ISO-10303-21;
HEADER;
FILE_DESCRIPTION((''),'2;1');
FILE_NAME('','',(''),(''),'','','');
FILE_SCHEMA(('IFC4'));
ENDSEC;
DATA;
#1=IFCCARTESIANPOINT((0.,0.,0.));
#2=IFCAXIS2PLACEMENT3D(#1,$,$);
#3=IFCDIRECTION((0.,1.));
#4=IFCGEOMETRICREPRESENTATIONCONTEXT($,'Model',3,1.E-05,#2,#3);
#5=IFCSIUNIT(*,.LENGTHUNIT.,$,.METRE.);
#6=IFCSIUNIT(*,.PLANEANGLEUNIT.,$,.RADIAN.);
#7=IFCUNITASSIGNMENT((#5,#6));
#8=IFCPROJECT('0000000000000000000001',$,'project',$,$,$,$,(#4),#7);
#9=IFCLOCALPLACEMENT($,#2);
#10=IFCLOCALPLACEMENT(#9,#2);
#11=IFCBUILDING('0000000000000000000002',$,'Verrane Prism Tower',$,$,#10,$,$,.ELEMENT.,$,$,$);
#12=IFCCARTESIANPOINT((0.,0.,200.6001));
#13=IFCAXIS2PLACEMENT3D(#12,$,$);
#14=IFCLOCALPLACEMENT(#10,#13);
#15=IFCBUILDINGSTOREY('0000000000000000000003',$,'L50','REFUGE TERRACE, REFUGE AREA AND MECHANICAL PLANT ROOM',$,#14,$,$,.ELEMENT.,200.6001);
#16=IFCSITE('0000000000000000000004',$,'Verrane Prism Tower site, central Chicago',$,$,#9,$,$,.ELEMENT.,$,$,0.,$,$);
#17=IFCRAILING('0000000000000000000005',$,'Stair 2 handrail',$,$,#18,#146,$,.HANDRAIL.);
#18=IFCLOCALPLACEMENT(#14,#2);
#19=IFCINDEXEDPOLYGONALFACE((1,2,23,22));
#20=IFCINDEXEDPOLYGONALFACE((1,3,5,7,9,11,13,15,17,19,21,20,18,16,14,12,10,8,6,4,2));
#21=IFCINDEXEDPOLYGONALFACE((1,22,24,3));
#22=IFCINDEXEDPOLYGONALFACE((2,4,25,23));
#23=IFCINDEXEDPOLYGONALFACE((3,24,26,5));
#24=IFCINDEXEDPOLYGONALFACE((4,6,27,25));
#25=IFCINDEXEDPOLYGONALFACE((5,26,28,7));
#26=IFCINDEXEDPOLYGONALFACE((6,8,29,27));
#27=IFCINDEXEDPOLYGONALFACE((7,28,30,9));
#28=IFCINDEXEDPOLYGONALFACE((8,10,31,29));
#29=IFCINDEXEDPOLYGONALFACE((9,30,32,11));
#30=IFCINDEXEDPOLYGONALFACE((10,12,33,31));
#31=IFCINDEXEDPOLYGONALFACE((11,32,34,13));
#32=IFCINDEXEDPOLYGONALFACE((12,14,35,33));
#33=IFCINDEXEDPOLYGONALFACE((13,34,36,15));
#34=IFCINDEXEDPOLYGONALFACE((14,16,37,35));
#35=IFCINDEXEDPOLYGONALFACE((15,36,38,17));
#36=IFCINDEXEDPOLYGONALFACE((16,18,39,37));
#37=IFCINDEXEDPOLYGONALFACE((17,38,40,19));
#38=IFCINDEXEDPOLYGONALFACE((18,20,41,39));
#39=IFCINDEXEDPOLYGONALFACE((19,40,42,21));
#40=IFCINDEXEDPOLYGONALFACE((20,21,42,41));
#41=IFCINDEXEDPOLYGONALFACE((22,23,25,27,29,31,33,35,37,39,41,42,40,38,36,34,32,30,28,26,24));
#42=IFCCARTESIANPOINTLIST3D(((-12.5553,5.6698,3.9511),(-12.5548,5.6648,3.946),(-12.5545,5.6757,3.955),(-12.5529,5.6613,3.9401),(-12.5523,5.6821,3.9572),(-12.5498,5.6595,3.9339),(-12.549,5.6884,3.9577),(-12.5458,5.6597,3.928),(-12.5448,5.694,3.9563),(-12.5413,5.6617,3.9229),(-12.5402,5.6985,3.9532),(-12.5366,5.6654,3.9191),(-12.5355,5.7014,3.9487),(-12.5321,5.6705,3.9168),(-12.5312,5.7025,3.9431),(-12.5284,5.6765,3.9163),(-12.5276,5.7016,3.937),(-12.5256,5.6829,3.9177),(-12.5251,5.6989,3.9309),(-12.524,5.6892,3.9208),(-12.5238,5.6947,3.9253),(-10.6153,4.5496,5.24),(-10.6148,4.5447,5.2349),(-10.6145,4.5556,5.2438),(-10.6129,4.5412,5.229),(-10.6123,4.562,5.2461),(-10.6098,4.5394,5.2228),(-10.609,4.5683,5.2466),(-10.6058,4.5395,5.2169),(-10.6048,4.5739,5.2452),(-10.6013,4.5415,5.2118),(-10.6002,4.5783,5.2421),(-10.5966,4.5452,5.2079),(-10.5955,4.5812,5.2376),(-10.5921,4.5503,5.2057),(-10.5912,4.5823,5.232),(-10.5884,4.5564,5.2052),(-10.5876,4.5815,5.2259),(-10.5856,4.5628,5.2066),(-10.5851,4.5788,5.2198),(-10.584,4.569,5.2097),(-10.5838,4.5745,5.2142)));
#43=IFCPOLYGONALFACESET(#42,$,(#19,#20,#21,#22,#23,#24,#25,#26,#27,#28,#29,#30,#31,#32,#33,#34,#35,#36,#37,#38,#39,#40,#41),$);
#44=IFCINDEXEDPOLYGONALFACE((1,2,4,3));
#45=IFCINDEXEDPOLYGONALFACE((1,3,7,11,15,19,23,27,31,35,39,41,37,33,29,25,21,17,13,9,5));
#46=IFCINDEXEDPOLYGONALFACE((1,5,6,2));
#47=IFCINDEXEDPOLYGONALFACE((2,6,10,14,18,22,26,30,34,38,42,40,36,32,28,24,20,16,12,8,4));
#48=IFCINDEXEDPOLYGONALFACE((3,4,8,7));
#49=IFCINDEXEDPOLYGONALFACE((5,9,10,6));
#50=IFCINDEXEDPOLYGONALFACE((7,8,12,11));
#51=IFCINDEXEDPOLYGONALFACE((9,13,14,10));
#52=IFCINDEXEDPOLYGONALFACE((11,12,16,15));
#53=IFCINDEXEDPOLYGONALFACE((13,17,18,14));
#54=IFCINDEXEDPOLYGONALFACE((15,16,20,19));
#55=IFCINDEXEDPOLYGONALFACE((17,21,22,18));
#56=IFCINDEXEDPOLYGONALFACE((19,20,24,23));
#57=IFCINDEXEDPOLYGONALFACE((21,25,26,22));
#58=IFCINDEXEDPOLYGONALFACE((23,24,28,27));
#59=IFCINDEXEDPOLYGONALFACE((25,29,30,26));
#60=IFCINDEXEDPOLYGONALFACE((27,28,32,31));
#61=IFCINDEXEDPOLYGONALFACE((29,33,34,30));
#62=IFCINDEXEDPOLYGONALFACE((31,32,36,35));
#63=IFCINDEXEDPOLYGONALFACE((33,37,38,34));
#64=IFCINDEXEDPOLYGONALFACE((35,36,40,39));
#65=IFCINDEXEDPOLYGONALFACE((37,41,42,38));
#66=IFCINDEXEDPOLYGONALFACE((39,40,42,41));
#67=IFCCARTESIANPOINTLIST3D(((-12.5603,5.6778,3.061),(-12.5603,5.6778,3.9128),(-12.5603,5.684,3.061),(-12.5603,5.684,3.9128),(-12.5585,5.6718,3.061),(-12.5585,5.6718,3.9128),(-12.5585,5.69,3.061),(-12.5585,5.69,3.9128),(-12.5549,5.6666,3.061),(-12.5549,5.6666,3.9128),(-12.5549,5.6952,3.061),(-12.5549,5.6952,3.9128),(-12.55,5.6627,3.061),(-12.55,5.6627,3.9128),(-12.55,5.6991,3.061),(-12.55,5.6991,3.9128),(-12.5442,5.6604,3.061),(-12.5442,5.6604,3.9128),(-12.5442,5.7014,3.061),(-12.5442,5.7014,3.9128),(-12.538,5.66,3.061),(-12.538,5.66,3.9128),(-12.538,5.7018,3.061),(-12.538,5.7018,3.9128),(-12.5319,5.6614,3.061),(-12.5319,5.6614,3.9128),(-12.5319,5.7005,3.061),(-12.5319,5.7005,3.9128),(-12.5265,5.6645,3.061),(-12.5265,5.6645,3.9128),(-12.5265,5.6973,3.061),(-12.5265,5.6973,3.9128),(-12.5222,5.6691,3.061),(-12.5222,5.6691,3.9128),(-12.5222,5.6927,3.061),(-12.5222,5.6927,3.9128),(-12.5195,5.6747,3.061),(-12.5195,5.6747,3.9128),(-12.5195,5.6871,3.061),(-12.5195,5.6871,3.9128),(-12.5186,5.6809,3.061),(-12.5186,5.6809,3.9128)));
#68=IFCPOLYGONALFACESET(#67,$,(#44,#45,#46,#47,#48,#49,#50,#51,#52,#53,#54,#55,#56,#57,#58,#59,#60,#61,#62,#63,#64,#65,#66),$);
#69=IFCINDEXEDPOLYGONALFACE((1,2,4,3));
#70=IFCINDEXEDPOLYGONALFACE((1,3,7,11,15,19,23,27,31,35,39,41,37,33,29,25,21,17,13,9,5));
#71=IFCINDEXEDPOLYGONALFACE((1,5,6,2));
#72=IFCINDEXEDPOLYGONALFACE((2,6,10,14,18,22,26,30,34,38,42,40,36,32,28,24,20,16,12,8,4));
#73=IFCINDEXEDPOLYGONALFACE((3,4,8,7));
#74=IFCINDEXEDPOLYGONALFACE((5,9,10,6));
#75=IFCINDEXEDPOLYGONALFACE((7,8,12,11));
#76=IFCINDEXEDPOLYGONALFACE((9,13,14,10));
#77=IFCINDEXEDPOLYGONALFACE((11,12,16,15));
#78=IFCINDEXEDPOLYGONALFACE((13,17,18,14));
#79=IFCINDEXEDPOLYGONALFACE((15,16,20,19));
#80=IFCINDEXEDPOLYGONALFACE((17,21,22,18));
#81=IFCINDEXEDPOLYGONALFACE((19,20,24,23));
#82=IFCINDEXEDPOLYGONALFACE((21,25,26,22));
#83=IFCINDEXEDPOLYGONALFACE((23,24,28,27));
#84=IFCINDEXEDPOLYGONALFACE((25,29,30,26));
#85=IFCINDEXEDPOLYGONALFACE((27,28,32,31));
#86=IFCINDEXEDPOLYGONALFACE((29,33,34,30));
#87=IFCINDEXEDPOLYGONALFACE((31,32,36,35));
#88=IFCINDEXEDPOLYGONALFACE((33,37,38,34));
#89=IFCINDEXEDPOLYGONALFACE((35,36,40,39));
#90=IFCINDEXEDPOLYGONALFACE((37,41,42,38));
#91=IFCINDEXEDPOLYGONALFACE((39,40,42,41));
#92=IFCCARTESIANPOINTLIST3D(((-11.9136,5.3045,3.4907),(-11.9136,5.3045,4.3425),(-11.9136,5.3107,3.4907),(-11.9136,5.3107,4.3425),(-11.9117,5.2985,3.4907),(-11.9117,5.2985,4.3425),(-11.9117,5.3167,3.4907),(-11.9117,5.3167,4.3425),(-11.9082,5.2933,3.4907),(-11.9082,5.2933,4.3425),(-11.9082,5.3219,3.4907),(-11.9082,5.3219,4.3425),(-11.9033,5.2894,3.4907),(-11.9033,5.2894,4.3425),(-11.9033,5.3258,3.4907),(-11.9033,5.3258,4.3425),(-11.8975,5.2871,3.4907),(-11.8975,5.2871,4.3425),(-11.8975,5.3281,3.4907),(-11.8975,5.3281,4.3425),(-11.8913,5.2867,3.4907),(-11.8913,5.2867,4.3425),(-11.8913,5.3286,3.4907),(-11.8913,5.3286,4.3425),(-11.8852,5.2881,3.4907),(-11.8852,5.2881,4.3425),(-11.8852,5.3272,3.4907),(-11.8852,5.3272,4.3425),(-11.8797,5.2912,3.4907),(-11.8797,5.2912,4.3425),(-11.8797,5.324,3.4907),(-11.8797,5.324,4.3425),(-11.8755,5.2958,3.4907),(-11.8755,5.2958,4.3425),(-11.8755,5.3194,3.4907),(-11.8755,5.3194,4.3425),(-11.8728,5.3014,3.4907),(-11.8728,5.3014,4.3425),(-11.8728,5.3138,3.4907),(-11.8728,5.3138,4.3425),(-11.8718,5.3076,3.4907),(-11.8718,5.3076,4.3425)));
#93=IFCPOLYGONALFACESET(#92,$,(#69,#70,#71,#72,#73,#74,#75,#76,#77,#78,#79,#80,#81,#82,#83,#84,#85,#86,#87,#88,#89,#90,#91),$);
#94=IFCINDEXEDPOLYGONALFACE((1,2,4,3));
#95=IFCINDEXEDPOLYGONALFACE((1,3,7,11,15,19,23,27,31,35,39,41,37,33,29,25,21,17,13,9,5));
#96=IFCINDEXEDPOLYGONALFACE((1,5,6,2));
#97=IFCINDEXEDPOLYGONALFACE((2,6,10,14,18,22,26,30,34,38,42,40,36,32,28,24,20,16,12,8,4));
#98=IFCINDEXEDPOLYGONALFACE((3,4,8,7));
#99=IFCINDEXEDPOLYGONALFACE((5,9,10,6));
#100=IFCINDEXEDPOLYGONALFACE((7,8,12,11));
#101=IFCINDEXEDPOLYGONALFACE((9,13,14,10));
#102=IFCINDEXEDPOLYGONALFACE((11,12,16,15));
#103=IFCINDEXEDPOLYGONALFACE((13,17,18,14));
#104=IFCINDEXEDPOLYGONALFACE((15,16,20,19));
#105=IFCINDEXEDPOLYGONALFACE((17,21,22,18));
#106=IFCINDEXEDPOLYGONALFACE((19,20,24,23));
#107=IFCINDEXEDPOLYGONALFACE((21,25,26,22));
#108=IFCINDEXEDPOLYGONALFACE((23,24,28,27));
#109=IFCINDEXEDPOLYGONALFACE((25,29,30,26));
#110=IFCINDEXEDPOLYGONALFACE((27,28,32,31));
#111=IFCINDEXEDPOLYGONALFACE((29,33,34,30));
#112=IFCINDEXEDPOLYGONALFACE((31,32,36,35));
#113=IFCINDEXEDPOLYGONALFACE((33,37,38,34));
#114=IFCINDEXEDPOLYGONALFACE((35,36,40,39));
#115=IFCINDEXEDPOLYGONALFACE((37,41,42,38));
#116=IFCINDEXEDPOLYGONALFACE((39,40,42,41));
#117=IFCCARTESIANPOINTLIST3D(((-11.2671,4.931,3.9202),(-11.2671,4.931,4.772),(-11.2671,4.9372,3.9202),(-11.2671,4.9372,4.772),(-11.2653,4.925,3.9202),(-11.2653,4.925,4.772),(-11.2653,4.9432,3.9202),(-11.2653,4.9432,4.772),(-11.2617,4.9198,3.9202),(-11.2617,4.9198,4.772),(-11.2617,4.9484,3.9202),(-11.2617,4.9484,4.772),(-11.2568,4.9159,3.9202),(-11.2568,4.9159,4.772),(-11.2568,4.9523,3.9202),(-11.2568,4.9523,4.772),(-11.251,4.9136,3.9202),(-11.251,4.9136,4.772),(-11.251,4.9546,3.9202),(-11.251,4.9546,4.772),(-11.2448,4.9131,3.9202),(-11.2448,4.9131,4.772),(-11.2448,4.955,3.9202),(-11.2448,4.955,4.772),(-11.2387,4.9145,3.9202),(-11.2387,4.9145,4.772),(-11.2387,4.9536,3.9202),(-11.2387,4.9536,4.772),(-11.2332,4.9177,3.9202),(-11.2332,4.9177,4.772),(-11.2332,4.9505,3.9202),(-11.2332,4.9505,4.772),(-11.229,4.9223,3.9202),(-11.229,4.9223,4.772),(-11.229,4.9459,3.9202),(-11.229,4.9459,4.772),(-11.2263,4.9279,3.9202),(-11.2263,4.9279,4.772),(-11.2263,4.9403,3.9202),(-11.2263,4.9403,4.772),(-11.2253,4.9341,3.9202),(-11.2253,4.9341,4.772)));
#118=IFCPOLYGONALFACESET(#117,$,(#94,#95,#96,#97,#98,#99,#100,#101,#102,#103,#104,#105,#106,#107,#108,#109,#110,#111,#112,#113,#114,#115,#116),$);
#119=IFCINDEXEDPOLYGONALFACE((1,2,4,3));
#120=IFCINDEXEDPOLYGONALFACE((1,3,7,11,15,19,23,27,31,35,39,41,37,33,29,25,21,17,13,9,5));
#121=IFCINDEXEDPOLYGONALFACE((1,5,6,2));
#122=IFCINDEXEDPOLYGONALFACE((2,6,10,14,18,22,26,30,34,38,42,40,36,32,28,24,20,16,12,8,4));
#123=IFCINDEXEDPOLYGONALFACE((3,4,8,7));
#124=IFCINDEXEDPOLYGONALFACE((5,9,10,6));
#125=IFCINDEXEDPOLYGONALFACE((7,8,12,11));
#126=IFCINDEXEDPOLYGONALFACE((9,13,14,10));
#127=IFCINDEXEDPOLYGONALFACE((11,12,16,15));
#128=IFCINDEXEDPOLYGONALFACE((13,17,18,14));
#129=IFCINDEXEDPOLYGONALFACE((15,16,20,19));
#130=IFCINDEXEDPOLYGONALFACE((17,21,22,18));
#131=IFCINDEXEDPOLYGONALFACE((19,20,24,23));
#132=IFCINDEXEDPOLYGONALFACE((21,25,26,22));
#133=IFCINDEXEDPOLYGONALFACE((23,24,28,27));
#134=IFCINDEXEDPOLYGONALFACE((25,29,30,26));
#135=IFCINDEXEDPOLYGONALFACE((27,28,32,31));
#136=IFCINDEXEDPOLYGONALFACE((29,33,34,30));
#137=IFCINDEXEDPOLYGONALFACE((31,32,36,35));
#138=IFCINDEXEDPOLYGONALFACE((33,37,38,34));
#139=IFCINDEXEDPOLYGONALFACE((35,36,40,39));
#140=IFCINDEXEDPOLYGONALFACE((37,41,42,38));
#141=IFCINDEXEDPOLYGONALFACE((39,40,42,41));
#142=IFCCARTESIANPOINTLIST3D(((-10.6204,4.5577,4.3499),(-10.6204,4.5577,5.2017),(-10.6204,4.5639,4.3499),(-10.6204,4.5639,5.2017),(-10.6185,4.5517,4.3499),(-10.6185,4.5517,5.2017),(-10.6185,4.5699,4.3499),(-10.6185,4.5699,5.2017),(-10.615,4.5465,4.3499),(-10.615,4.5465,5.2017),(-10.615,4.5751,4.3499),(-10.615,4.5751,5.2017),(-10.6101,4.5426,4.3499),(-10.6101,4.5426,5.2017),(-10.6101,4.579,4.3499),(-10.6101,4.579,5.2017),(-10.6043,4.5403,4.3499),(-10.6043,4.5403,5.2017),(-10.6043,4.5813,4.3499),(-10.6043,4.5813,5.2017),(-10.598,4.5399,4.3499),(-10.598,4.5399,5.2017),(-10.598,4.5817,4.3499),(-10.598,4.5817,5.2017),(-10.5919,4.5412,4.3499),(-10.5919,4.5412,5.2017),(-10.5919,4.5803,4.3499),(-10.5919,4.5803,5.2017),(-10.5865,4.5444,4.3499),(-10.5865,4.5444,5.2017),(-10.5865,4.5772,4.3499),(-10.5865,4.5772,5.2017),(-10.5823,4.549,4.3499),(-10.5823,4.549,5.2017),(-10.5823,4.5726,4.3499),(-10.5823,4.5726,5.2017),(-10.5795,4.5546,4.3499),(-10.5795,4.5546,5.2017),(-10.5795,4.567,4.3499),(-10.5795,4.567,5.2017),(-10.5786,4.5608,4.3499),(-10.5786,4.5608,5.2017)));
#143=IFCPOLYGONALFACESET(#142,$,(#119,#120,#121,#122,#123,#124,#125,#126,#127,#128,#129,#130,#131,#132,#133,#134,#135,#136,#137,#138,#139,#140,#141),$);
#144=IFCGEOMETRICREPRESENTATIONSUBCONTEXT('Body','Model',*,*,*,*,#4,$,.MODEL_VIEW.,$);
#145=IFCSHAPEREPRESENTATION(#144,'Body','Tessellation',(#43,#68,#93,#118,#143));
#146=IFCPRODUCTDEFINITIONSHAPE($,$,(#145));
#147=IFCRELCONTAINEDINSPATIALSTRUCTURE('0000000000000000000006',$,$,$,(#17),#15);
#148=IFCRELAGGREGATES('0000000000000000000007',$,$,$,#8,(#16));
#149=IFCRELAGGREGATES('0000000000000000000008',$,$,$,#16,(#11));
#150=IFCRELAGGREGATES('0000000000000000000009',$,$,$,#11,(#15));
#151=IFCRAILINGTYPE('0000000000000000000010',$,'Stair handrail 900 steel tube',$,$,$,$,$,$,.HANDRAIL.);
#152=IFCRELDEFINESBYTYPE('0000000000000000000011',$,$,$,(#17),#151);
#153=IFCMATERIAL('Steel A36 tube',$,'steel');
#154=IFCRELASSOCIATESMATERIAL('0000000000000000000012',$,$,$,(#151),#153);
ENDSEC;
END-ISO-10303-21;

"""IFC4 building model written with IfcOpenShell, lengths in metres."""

from ifc_helpers import new_model, si_unit, direction, frame, origin, origin_2d, place, context, subcontext, project, spatial, circle, extrude, material, type_object, element, save


model = new_model("IFC4")

# Units and contexts
model_context = context("Model", 3, precision=1e-05, world=origin(), true_north=direction((0.0, 1.0)))
body_context = subcontext(model_context, "Body", "Model", "MODEL_VIEW")
ifc_project = project(units=[si_unit("LENGTHUNIT", "METRE"), si_unit("PLANEANGLEUNIT", "RADIAN")], contexts=[model_context])

# Site, building, storey
site_placement = place(None, origin())
site = spatial("IfcSite", under=ifc_project, at=site_placement, Name="Verrane Prism Tower site, central Chicago", CompositionType="ELEMENT", RefElevation=0.0)
building_placement = place(site_placement, origin())
building = spatial("IfcBuilding", under=site, at=building_placement, Name="Verrane Prism Tower", CompositionType="ELEMENT")
storey_placement = place(building_placement, frame((0.0, 0.0, 200.6001)))
storey = spatial("IfcBuildingStorey", under=building, at=storey_placement, Name="L50", Description="REFUGE TERRACE, REFUGE AREA AND MECHANICAL PLANT ROOM", CompositionType="ELEMENT", Elevation=200.6001)

# Railing
ifc_material_1 = material(Name="Steel A36 tube", Category="steel")
railing_type_1 = type_object("IfcRailingType", Name="Stair handrail 900 steel tube", PredefinedType="HANDRAIL", material=ifc_material_1)
for number, where, name in (
    (1, (-12.5396, 5.6809, 3.061), "Stair 2 handrail"),
):
    element("IfcRailing", number, at=place(storey_placement, frame(where)), inside=storey, type_object=railing_type_1, Name=name, PredefinedType="HANDRAIL", context=body_context, shape_type="SweptSolid", body=[
        extrude(circle(Radius=0.0239, at=origin_2d()), frame((0.0, 0.0, 0.876), z_axis=(0.750637, -0.433416, 0.498693), x_axis=(0.500031, 0.866008, 0.0)), (0.0, 0.0, 1.0), 2.5845),
        extrude(circle(Radius=0.021, at=origin_2d()), origin(), (0.0, 0.0, 1.0), 0.8518),
        extrude(circle(Radius=0.021, at=origin_2d()), frame((0.6467, -0.3733, 0.4297)), (0.0, 0.0, 1.0), 0.8518),
        extrude(circle(Radius=0.021, at=origin_2d()), frame((1.2932, -0.7468, 0.8591)), (0.0, 0.0, 1.0), 0.8518),
        extrude(circle(Radius=0.021, at=origin_2d()), frame((1.9399, -1.1201, 1.2888)), (0.0, 0.0, 1.0), 0.8518),
    ])

save(model, "model.ifc")
